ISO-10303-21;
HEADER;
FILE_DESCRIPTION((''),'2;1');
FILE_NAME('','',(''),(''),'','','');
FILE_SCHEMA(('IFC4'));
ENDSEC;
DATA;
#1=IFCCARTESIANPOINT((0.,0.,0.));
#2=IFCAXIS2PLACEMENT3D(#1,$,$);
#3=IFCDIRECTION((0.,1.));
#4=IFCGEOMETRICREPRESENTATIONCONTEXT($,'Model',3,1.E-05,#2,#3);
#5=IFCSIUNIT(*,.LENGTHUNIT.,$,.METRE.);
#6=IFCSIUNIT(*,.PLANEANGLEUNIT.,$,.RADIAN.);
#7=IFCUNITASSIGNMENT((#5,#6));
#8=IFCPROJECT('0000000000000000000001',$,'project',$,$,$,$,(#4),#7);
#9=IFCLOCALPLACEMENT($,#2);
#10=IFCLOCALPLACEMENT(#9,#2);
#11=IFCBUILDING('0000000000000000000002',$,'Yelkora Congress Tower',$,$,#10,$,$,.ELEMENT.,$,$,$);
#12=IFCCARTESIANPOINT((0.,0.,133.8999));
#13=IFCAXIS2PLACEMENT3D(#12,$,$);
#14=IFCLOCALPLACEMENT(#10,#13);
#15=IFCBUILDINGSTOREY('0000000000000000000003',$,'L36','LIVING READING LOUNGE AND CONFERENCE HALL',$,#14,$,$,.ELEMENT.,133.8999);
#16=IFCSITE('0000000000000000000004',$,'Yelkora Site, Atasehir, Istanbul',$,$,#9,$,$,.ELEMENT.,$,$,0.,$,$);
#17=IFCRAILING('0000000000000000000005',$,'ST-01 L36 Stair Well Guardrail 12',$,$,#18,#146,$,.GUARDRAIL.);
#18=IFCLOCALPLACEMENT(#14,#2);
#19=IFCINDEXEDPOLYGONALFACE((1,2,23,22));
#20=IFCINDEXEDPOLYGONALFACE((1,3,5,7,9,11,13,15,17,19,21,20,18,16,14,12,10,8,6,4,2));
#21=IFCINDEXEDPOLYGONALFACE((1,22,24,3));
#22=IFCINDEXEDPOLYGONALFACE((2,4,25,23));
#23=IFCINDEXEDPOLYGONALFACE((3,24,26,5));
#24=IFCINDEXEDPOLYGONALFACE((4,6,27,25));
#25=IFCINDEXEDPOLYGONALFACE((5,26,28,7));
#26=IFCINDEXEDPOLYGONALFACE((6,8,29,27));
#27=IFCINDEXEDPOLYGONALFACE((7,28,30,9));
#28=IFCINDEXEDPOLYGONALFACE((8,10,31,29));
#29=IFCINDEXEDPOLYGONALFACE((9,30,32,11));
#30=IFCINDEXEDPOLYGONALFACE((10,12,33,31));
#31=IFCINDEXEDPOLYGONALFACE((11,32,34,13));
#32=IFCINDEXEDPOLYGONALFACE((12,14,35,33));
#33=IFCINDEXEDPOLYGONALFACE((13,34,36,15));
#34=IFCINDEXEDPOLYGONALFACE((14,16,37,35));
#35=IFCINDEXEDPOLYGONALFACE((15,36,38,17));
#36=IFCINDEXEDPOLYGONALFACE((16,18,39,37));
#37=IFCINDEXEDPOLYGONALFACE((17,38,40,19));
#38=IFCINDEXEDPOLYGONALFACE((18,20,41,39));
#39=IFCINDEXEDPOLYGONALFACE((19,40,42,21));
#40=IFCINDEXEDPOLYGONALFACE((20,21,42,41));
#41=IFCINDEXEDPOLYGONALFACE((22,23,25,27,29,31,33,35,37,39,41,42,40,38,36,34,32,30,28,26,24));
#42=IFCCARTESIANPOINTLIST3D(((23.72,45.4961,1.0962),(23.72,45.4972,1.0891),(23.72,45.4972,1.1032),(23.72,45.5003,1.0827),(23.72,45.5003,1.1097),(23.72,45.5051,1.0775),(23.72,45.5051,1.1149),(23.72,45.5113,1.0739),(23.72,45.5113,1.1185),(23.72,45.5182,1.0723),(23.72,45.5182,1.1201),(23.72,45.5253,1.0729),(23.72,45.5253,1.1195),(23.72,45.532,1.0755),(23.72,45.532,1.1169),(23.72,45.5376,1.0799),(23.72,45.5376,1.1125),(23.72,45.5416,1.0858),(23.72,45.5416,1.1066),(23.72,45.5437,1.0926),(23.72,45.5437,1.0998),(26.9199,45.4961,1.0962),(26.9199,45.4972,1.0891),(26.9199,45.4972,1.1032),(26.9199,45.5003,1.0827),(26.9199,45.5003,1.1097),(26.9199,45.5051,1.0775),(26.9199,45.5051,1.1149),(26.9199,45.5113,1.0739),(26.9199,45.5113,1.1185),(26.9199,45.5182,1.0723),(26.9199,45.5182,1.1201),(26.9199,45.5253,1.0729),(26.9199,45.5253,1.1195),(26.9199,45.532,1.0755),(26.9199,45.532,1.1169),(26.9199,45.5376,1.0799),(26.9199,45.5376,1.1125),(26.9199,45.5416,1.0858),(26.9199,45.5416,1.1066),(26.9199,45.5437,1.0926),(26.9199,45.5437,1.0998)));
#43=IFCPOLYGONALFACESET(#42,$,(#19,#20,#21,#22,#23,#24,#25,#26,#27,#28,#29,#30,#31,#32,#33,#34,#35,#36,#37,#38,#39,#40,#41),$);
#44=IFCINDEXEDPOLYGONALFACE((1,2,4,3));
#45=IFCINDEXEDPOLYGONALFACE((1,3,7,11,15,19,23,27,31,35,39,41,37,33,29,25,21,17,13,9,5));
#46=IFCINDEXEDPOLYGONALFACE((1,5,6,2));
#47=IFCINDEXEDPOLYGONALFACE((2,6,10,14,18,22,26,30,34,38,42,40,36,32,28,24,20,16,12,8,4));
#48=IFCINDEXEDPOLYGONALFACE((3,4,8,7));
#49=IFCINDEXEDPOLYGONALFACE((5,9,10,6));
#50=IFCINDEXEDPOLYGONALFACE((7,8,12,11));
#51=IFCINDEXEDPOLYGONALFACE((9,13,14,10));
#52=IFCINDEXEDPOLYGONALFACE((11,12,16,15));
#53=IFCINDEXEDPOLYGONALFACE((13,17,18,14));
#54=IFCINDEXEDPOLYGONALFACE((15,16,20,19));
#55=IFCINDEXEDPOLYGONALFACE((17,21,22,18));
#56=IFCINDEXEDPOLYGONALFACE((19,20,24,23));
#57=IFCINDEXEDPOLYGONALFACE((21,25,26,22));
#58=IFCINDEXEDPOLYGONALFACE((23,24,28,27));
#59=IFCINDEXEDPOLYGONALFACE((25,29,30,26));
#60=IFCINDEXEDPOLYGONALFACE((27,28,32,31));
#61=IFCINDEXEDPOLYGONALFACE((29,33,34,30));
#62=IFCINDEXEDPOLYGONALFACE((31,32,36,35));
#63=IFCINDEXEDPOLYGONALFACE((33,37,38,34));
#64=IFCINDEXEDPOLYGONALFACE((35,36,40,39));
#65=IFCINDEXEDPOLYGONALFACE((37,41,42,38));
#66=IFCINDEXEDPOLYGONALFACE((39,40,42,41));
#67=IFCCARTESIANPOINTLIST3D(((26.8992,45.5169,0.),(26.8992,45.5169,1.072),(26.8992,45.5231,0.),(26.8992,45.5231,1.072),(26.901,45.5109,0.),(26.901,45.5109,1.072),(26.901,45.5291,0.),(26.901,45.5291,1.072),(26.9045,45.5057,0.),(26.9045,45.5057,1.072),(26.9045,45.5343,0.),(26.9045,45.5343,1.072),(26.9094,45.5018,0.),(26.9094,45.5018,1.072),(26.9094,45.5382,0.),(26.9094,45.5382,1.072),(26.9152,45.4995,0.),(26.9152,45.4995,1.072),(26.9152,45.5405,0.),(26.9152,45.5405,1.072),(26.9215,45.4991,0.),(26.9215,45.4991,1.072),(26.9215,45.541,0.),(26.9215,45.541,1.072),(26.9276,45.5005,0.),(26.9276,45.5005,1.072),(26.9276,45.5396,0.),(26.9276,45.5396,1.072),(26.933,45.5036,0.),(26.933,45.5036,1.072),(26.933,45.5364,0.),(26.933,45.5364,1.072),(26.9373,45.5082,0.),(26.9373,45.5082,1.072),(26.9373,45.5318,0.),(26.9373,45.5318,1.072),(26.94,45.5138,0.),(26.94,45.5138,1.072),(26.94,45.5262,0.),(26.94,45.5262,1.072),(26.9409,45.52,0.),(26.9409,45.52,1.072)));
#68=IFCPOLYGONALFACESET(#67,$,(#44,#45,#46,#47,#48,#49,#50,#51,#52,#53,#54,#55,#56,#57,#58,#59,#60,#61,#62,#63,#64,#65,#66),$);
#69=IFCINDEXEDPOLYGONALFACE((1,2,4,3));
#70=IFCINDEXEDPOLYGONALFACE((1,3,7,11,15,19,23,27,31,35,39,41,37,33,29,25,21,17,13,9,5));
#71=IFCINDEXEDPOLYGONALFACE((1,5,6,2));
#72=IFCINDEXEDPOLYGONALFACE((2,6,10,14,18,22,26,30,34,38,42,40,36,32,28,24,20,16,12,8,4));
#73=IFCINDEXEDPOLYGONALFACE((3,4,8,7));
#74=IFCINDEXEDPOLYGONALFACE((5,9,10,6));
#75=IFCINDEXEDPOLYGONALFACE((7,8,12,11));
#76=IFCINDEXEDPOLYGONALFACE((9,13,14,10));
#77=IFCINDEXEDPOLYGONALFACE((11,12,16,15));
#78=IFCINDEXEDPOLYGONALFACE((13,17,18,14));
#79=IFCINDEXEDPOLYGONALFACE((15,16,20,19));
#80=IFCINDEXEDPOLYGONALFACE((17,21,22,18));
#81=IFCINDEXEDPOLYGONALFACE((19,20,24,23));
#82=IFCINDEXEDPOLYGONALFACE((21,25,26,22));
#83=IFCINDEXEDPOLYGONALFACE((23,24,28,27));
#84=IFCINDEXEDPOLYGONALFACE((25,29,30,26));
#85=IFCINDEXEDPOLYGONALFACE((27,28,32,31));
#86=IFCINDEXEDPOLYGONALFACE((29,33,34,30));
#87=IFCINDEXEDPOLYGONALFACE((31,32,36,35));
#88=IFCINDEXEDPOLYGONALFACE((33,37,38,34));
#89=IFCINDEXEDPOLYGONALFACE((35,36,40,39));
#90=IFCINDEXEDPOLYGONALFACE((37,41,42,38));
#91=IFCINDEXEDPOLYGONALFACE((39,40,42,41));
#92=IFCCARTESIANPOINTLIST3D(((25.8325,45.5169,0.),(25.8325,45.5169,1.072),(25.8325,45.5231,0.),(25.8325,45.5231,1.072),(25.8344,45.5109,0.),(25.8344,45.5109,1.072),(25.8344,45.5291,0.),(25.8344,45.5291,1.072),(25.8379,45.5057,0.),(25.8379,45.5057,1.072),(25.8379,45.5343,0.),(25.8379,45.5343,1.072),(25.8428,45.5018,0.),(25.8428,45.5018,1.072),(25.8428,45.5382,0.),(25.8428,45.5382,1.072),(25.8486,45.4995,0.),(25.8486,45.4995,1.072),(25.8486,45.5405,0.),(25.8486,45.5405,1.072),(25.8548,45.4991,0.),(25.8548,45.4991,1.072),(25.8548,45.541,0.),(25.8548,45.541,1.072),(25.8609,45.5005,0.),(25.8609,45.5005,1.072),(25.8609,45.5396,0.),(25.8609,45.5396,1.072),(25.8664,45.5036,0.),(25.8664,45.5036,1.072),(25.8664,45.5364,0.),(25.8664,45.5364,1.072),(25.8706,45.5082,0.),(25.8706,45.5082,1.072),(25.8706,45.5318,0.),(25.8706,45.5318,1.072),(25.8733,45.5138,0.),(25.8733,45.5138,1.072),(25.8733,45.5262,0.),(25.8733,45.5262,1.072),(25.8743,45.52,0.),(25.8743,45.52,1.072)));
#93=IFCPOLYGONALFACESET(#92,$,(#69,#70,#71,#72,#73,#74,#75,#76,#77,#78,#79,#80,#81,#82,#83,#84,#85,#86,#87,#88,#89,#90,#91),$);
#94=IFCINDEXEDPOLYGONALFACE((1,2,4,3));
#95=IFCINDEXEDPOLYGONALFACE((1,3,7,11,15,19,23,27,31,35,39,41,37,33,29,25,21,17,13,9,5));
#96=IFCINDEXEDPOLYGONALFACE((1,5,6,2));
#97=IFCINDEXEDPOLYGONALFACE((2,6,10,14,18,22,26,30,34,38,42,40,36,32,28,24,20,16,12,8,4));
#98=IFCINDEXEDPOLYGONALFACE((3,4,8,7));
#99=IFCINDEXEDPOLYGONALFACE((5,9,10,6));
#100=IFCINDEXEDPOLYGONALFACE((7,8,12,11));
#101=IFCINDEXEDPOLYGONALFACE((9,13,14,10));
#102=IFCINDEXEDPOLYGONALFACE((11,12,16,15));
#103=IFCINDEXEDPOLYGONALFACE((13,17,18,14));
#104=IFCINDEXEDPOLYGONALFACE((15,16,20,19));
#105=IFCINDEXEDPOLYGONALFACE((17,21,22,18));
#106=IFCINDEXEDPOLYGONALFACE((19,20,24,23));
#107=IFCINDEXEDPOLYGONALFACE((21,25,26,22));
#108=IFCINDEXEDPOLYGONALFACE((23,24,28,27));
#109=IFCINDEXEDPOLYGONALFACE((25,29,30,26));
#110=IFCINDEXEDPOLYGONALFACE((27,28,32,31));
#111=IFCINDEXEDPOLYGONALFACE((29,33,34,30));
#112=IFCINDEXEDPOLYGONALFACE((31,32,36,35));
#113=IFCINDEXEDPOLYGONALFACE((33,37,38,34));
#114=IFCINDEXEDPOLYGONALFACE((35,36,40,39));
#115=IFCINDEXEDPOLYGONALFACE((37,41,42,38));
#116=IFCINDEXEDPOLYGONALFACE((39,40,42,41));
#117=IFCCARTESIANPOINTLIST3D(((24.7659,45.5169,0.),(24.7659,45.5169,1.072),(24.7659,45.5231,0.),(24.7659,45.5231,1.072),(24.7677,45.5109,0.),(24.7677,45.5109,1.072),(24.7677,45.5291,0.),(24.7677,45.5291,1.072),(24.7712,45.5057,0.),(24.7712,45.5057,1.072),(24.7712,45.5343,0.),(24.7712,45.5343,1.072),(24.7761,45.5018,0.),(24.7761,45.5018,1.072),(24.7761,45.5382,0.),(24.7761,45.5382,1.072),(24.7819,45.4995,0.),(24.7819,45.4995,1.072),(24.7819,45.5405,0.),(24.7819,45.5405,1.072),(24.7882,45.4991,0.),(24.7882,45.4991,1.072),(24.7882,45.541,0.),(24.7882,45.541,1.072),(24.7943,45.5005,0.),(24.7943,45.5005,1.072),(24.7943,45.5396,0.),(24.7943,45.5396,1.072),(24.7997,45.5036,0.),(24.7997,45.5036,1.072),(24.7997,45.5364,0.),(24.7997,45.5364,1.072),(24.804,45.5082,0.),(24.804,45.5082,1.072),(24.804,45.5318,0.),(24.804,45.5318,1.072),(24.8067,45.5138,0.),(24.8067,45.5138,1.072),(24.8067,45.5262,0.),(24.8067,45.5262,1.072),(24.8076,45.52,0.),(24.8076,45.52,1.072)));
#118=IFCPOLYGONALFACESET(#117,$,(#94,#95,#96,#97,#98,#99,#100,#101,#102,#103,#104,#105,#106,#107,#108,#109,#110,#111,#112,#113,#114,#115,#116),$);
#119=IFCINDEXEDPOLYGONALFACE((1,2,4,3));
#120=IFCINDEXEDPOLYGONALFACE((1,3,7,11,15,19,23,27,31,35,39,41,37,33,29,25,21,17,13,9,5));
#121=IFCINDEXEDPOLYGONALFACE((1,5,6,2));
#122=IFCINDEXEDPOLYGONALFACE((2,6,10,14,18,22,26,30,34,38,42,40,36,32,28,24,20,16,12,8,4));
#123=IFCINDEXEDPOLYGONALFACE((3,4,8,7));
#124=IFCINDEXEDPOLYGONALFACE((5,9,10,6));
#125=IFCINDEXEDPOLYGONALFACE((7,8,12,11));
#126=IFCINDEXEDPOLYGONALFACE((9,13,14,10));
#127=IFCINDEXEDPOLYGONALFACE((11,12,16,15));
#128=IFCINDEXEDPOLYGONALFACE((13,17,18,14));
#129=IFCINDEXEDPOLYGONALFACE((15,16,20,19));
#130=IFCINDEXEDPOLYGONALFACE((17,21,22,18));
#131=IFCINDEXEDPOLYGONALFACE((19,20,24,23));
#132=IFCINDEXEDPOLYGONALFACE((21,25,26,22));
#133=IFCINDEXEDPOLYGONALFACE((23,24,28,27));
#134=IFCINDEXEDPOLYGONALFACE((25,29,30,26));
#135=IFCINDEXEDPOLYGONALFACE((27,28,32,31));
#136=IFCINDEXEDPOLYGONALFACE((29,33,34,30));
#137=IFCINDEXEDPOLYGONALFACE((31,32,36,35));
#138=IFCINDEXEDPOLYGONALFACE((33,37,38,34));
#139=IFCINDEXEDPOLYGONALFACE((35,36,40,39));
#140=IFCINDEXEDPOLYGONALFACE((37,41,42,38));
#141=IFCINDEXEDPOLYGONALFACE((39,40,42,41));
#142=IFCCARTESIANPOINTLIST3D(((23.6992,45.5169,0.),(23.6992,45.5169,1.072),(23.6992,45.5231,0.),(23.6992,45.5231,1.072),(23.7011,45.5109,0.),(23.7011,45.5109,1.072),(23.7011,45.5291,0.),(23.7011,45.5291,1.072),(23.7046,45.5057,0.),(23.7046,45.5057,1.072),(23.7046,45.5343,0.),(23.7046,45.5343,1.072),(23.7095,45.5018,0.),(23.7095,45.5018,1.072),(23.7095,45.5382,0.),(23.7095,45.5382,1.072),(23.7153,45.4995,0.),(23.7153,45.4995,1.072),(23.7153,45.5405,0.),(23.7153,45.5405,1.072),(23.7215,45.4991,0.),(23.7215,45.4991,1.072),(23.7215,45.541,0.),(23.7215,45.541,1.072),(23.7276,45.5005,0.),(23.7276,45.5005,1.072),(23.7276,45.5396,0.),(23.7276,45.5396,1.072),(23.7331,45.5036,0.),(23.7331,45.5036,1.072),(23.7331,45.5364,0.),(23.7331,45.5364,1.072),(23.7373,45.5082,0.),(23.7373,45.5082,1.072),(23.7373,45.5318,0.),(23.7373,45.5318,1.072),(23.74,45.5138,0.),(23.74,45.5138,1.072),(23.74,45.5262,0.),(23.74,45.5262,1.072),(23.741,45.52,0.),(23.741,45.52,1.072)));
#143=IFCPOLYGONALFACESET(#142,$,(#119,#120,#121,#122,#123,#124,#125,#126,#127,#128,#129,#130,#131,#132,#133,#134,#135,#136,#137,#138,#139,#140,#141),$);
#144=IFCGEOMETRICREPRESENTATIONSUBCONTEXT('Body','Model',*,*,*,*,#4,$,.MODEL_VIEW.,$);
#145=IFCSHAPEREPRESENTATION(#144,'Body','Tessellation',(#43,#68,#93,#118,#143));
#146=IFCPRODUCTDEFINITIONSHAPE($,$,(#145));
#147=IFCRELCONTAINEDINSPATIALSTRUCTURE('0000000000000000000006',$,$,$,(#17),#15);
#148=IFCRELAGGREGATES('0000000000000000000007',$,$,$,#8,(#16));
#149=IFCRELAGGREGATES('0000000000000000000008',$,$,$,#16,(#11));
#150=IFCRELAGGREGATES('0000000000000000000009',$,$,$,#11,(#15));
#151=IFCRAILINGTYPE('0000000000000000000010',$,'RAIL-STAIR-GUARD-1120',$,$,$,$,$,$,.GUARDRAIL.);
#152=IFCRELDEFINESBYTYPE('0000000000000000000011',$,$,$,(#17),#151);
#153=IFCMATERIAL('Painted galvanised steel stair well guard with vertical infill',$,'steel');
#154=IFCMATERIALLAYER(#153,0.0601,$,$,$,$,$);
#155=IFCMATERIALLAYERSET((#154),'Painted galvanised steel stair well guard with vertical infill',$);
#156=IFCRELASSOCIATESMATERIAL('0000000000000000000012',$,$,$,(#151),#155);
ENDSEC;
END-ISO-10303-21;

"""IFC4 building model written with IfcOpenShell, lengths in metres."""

from ifc_helpers import new_model, si_unit, direction, frame, origin, origin_2d, place, context, subcontext, project, spatial, circle, extrude, material, layer, layer_set, type_object, element, save


model = new_model("IFC4")

# Units and contexts
model_context = context("Model", 3, precision=1e-05, world=origin(), true_north=direction((0.0, 1.0)))
body_context = subcontext(model_context, "Body", "Model", "MODEL_VIEW")
ifc_project = project(units=[si_unit("LENGTHUNIT", "METRE"), si_unit("PLANEANGLEUNIT", "RADIAN")], contexts=[model_context])

# Site, building, storey
site_placement = place(None, origin())
site = spatial("IfcSite", under=ifc_project, at=site_placement, Name="Yelkora Site, Atasehir, Istanbul", CompositionType="ELEMENT", RefElevation=0.0)
building_placement = place(site_placement, origin())
building = spatial("IfcBuilding", under=site, at=building_placement, Name="Yelkora Congress Tower", CompositionType="ELEMENT")
storey_placement = place(building_placement, frame((0.0, 0.0, 133.8999)))
storey = spatial("IfcBuildingStorey", under=building, at=storey_placement, Name="L36", Description="LIVING READING LOUNGE AND CONFERENCE HALL", CompositionType="ELEMENT", Elevation=133.8999)

# Railing
ifc_material_1 = material(Name="Painted galvanised steel stair well guard with vertical infill", Category="steel")
ifc_layer_1 = layer(ifc_material_1, 0.0601)
ifc_layer_set_1 = layer_set([ifc_layer_1], Name="Painted galvanised steel stair well guard with vertical infill")
railing_type_1 = type_object("IfcRailingType", Name="RAIL-STAIR-GUARD-1120", PredefinedType="GUARDRAIL", material=ifc_layer_set_1)
railing_1_placement = place(storey_placement, frame((26.9199, 45.52, 0.0)))
element("IfcRailing", 1, at=railing_1_placement, inside=storey, type_object=railing_type_1, Name="ST-01 L36 Stair Well Guardrail 12", PredefinedType="GUARDRAIL", context=body_context, shape_type="SweptSolid", body=[
    extrude(circle(Radius=0.0239, at=origin_2d()), frame((0.0, 0.0, 1.0962), z_axis=(-1.0, 0.0, 0.0), x_axis=(0.0, -1.0, 0.0)), (0.0, 0.0, 1.0), 3.2),
    extrude(circle(Radius=0.021, at=origin_2d()), origin(), (0.0, 0.0, 1.0), 1.072),
    extrude(circle(Radius=0.021, at=origin_2d()), frame((-1.0667, 0.0, 0.0)), (0.0, 0.0, 1.0), 1.072),
    extrude(circle(Radius=0.021, at=origin_2d()), frame((-2.1333, 0.0, 0.0)), (0.0, 0.0, 1.0), 1.072),
    extrude(circle(Radius=0.021, at=origin_2d()), frame((-3.2, 0.0, 0.0)), (0.0, 0.0, 1.0), 1.072),
])

save(model, "model.ifc")
